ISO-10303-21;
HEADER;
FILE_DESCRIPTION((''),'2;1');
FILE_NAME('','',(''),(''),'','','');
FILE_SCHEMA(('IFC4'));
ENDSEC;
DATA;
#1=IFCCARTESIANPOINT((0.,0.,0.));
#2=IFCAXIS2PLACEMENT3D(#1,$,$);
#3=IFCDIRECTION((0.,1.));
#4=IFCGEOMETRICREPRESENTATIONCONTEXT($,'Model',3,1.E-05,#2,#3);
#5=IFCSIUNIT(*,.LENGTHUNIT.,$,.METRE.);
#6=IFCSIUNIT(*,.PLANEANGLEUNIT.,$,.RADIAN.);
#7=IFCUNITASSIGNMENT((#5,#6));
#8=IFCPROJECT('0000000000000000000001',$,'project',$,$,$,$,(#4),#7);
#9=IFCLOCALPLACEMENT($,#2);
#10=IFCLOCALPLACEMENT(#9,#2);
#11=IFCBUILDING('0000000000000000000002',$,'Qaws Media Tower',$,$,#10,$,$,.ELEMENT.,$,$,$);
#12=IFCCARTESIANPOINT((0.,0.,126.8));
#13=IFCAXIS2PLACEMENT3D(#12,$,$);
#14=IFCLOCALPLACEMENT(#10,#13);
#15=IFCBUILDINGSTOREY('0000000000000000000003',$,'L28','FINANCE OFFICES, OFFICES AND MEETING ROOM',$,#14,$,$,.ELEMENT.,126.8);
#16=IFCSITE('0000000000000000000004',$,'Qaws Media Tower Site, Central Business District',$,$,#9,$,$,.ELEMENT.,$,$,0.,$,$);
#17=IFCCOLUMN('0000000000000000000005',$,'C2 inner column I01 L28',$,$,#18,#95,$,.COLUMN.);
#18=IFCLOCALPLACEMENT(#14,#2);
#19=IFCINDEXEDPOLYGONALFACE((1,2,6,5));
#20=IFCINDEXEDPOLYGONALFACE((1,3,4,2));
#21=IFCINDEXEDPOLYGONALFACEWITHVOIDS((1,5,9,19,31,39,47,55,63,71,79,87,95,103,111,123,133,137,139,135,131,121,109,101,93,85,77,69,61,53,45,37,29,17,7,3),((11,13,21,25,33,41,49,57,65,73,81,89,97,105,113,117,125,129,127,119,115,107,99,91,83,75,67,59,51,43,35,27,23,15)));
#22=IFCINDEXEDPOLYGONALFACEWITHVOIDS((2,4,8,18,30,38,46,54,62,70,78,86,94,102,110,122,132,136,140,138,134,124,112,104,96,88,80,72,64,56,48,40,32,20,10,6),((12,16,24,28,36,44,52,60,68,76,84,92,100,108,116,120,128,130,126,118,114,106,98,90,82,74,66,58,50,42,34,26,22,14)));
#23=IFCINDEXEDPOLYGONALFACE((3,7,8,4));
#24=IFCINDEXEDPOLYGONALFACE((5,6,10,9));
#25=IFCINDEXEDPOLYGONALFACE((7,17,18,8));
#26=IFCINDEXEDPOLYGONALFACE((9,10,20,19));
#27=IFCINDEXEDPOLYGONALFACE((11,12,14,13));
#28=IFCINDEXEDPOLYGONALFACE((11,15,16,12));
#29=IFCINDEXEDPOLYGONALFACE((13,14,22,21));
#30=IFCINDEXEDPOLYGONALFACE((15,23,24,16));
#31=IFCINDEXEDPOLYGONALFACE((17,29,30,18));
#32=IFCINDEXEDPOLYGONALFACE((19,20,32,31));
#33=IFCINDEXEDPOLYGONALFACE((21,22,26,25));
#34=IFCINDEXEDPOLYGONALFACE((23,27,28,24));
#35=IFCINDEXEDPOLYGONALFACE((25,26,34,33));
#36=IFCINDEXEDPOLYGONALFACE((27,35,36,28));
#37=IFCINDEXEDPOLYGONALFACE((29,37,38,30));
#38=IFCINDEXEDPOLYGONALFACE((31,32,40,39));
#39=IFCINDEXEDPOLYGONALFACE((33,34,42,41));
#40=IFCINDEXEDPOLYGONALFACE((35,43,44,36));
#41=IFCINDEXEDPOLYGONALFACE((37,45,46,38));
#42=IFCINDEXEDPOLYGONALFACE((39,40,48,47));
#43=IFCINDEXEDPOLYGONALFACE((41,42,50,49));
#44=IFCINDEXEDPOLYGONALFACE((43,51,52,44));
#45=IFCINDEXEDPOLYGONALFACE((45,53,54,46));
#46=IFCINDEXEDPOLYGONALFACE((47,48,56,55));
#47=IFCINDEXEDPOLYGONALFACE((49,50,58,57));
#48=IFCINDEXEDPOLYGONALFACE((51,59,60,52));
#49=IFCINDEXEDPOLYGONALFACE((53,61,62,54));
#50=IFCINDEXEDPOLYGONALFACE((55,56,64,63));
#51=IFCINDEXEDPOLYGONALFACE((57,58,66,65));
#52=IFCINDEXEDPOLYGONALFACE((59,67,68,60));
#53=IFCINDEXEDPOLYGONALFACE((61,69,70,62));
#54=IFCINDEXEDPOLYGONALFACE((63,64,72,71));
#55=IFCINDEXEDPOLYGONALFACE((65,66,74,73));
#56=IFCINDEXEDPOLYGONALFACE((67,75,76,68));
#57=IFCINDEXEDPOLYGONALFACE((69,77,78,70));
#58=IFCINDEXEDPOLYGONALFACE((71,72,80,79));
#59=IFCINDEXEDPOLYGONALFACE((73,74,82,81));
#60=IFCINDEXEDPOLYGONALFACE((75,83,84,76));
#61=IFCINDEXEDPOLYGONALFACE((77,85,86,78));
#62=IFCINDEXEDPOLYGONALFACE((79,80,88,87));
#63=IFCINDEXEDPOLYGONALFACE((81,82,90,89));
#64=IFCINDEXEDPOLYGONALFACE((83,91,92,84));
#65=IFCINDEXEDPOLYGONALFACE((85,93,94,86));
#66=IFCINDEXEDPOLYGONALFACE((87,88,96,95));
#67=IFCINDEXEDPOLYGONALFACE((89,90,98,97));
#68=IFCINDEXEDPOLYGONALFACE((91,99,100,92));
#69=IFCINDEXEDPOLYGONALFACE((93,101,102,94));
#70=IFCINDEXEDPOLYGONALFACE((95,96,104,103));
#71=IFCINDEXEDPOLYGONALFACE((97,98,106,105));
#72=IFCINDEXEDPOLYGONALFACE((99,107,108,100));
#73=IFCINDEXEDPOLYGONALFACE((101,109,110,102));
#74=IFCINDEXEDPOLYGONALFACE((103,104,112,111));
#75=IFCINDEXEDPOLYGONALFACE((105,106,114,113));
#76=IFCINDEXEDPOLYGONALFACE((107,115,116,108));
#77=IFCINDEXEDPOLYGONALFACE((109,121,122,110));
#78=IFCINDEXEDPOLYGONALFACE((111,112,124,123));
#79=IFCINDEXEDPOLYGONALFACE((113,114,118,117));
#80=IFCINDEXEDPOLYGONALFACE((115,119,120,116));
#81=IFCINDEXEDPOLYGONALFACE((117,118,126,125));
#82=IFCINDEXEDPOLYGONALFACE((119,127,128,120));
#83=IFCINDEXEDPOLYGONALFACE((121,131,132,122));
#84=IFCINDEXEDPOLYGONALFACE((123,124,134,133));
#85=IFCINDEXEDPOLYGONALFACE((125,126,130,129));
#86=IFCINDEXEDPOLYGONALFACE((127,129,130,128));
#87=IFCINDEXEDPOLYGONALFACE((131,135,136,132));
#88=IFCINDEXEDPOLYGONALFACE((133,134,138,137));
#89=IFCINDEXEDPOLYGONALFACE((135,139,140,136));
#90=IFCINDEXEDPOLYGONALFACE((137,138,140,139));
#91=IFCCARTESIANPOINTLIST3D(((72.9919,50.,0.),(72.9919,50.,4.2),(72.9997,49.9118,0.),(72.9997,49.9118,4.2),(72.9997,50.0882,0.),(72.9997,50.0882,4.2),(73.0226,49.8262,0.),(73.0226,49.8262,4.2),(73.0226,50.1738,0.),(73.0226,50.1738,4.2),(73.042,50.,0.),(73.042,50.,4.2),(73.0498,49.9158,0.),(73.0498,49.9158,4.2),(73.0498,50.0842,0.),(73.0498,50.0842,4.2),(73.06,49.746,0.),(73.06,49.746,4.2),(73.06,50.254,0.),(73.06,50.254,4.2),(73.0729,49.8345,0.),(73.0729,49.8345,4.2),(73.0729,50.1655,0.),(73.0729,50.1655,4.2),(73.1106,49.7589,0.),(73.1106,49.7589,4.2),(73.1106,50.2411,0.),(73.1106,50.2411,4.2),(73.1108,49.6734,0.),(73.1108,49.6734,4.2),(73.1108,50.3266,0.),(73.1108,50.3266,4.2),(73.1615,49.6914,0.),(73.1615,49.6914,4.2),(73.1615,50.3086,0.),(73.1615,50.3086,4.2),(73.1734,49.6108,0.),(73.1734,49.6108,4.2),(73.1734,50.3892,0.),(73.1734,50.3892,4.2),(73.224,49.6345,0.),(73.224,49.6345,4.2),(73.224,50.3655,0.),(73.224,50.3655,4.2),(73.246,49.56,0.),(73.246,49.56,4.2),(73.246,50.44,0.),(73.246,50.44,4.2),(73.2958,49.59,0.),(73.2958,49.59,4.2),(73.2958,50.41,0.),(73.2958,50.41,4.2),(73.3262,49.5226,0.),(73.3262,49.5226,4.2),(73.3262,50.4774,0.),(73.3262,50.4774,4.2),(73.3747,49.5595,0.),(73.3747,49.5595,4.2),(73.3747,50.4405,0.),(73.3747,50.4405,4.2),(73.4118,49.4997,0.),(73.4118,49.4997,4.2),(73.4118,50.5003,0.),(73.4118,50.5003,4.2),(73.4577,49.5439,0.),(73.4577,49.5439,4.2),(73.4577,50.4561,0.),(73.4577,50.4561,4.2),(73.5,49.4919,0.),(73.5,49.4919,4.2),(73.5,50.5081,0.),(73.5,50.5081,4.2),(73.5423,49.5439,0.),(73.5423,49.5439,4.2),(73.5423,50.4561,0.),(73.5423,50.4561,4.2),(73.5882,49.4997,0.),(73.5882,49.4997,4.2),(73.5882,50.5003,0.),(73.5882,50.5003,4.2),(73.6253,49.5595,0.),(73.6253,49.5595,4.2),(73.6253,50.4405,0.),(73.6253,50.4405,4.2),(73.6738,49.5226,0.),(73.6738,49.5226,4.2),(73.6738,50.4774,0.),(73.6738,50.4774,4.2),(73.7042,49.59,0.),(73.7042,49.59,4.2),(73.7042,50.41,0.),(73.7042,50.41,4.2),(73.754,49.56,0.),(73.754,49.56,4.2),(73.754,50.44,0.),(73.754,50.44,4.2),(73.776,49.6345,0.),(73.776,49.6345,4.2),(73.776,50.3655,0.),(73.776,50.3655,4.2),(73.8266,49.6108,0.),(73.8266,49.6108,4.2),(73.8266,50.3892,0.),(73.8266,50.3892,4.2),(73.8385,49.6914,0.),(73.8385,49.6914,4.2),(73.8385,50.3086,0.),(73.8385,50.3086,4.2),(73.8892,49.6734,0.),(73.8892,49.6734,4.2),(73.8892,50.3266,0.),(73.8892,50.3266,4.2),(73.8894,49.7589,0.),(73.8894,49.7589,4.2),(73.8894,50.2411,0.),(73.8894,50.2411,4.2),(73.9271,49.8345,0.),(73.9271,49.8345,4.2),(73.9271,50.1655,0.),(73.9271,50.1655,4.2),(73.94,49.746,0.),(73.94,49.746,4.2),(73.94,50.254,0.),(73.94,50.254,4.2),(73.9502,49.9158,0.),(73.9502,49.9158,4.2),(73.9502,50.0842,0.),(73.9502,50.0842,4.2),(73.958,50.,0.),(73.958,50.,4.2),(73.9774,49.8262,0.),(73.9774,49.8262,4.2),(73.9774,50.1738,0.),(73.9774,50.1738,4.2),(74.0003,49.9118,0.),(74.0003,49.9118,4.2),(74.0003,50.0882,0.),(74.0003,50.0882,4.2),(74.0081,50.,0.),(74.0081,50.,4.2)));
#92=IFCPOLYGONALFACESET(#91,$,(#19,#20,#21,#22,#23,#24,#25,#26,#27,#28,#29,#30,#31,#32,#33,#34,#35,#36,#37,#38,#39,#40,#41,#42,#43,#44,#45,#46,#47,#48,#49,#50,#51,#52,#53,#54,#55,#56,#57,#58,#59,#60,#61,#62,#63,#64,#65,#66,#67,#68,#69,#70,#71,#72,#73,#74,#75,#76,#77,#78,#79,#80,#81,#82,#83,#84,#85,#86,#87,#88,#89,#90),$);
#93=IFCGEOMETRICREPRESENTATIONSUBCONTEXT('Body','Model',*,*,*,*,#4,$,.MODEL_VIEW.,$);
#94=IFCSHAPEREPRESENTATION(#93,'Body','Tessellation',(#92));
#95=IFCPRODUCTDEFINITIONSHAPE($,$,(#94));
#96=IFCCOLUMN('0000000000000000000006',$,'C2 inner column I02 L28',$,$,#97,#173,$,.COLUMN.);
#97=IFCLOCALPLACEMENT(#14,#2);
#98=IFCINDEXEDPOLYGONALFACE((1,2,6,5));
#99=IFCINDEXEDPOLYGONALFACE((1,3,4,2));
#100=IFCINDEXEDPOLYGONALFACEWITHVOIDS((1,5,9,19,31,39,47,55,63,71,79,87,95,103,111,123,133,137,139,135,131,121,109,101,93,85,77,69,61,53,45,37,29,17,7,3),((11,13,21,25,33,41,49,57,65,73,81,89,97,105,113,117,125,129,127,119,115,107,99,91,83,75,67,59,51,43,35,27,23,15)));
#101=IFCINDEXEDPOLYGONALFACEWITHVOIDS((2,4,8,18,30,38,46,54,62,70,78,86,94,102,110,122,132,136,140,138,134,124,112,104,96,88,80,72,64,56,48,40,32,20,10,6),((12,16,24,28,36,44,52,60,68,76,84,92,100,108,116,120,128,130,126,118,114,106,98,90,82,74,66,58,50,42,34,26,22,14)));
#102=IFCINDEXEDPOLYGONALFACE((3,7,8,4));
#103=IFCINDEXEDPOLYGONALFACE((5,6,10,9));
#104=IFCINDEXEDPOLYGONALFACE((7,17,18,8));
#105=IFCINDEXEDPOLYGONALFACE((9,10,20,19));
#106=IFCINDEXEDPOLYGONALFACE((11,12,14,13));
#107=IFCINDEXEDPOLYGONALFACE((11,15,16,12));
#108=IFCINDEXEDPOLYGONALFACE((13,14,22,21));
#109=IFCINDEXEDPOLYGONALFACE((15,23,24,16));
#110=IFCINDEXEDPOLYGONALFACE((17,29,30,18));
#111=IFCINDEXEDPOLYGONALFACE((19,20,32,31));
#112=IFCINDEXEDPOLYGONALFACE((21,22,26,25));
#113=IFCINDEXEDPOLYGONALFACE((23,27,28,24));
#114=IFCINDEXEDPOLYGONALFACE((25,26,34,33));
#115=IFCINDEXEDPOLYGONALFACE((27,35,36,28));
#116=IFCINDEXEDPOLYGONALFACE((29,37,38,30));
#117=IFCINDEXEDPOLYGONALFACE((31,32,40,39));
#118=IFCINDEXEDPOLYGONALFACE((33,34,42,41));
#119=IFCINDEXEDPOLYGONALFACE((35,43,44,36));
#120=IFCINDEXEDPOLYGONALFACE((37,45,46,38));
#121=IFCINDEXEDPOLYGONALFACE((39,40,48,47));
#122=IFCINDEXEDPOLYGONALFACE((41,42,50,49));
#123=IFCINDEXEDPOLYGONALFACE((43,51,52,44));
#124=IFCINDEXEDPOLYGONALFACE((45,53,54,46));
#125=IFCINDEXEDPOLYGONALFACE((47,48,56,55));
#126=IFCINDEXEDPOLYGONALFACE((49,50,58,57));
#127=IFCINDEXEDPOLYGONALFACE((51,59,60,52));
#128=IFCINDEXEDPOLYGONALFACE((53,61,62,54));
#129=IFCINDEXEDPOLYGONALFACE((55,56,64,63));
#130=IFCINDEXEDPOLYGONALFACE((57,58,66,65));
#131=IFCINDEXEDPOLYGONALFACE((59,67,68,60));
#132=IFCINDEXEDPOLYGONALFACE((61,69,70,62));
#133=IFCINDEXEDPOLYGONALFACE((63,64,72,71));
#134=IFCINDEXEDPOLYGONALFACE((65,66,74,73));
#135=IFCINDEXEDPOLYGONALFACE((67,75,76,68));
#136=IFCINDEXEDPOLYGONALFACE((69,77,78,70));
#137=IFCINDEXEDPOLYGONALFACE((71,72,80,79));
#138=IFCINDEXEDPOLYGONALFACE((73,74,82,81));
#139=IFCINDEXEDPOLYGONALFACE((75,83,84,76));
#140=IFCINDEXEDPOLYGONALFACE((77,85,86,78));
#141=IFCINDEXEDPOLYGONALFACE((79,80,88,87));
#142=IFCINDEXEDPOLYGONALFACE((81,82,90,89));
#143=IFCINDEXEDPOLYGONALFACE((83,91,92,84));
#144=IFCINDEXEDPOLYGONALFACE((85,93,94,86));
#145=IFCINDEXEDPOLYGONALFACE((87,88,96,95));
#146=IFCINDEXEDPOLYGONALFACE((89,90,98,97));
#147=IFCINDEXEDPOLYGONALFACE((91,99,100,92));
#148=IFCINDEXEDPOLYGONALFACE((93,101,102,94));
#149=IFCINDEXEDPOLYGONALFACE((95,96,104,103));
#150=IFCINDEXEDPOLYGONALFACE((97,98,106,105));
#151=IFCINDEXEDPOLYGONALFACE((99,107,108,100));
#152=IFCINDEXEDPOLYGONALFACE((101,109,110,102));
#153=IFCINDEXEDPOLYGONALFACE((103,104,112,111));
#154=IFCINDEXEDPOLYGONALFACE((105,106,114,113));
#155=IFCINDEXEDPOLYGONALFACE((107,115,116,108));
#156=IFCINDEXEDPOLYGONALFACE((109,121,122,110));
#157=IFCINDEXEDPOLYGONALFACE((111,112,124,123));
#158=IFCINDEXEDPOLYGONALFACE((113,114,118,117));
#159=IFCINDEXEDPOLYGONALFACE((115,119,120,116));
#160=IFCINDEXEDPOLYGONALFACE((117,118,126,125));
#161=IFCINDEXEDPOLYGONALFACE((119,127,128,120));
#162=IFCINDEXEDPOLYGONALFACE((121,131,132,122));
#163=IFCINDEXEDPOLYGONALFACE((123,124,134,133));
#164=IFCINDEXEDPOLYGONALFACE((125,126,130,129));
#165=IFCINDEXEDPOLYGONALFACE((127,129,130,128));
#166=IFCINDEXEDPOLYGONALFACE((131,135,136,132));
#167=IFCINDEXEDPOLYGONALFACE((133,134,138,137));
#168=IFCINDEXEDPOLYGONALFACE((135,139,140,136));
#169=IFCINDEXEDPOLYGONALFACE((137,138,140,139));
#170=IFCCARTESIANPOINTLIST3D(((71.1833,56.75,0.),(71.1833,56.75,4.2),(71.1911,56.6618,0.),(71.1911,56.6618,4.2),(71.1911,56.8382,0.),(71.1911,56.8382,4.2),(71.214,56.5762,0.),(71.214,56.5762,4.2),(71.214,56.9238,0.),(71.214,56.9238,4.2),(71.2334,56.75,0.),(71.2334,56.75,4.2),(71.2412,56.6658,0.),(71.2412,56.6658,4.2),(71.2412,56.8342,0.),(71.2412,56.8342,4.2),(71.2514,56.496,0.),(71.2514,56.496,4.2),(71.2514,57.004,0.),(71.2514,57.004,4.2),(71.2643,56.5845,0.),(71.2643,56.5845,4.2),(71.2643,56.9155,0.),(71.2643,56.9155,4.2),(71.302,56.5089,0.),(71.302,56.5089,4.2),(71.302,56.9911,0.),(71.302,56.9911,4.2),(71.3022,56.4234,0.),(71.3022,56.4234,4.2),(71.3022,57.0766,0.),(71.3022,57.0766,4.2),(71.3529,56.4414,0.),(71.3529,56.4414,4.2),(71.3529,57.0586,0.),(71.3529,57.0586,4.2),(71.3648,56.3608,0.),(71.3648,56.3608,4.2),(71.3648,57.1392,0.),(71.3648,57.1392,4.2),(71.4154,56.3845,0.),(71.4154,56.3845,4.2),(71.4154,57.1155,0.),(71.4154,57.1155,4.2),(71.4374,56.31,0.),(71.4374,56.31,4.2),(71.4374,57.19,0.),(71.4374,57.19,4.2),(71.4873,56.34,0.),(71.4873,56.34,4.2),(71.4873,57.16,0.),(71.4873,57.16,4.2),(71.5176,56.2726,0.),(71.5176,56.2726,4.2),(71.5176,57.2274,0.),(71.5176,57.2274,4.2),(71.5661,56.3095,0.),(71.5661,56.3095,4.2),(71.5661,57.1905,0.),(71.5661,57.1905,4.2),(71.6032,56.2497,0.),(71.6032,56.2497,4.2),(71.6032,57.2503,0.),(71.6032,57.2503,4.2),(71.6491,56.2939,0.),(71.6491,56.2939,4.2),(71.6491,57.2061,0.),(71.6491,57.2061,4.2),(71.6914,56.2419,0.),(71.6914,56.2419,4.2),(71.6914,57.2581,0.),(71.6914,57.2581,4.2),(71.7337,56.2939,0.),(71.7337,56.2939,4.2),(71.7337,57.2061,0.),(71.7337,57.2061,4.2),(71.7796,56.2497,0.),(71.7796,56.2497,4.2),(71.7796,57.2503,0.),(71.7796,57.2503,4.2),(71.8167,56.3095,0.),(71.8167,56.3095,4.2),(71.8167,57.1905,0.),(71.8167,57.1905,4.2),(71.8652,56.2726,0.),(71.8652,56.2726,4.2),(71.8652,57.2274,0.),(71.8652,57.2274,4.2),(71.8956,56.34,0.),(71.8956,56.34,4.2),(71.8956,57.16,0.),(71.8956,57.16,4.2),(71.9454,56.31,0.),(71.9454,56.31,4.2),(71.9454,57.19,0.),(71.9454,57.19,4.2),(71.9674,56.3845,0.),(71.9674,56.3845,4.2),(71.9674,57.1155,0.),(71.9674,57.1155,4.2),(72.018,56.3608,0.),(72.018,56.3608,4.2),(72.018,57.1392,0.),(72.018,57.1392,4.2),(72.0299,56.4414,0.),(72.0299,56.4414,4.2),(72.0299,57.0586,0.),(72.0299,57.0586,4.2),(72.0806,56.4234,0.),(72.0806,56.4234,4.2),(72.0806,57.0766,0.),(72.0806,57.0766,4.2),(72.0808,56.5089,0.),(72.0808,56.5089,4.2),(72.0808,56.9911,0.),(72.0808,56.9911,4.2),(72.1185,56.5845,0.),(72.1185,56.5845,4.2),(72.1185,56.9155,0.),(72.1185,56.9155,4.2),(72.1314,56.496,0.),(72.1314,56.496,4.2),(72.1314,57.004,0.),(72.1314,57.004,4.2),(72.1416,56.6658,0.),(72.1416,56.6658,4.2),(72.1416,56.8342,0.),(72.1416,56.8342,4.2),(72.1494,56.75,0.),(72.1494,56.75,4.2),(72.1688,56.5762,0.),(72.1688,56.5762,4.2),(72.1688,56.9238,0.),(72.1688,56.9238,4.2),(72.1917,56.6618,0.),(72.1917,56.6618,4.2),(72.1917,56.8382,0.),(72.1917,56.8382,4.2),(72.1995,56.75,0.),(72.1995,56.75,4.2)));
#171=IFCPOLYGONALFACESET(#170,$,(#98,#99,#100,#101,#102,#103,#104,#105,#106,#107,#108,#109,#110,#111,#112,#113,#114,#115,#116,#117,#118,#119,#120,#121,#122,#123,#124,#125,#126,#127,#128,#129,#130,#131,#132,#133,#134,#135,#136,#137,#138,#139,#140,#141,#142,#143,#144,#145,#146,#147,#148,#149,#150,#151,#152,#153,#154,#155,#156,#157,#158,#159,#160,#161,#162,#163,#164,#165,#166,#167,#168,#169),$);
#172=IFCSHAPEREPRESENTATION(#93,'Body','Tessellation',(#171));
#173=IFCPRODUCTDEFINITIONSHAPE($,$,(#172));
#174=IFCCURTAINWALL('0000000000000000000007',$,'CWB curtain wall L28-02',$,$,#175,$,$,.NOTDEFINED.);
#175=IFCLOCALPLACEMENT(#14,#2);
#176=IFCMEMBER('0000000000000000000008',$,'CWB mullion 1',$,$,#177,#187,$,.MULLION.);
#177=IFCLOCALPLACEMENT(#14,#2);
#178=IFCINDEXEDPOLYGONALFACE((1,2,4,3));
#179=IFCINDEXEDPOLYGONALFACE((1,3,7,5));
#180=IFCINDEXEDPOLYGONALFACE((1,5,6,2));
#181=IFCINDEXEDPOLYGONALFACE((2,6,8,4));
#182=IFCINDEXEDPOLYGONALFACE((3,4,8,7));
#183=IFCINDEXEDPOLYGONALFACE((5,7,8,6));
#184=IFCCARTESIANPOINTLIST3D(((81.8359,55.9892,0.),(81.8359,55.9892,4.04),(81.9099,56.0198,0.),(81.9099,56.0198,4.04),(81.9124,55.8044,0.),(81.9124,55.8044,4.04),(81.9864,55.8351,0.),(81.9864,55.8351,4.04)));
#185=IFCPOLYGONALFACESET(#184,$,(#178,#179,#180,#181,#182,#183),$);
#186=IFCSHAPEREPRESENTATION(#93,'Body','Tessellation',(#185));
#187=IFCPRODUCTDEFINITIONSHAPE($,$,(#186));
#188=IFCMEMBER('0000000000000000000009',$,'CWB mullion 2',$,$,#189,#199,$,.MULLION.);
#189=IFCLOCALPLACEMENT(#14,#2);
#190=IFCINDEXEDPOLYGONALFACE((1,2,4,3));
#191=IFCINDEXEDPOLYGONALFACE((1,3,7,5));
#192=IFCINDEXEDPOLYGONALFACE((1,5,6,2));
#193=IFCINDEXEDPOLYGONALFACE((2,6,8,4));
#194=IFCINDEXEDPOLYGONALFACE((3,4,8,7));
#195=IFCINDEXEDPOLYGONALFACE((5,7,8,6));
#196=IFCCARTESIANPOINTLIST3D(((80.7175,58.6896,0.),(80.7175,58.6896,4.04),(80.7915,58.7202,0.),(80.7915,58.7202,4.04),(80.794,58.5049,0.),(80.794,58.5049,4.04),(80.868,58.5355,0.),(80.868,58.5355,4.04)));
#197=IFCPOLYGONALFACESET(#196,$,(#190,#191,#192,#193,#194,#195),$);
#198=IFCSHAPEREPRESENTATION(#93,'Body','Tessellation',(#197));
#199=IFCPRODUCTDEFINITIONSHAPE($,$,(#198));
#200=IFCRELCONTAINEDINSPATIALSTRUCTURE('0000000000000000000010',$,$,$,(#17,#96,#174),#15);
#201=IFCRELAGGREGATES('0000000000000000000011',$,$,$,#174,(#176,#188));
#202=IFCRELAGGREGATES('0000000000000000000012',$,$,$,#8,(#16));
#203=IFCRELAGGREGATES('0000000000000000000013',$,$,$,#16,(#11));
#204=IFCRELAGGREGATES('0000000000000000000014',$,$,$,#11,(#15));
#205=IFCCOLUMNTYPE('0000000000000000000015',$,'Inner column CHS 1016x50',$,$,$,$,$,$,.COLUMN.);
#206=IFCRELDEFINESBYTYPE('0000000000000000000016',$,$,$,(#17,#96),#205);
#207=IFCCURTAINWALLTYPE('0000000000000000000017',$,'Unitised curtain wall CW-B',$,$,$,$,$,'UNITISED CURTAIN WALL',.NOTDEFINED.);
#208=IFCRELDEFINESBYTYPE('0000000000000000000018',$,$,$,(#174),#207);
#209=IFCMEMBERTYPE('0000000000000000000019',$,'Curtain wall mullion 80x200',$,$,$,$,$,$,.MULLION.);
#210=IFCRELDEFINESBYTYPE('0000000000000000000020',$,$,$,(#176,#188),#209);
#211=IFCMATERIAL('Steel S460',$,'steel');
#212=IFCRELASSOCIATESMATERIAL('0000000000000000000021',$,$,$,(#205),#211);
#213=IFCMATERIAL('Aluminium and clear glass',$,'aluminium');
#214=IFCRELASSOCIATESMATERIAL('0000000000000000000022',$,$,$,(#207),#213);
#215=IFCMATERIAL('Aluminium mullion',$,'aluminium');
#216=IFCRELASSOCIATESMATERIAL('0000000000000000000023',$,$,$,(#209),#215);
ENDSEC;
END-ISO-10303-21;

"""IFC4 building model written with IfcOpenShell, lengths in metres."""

from ifc_helpers import new_model, si_unit, direction, frame, origin, origin_2d, place, context, subcontext, project, spatial, rectangle, hollow_circle, extrude, material, material_profile, profile_set, type_object, element, aggregate, save


model = new_model("IFC4")

# Units and contexts
model_context = context("Model", 3, precision=1e-05, world=origin(), true_north=direction((0.0, 1.0)))
body_context = subcontext(model_context, "Body", "Model", "MODEL_VIEW")
ifc_project = project(units=[si_unit("LENGTHUNIT", "METRE"), si_unit("PLANEANGLEUNIT", "RADIAN")], contexts=[model_context])

# Site, building, storey
site_placement = place(None, origin())
site = spatial("IfcSite", under=ifc_project, at=site_placement, Name="Qaws Media Tower Site, Central Business District", CompositionType="ELEMENT", RefElevation=0.0)
building_placement = place(site_placement, origin())
building = spatial("IfcBuilding", under=site, at=building_placement, Name="Qaws Media Tower", CompositionType="ELEMENT")
storey_placement = place(building_placement, frame((0.0, 0.0, 126.8)))
storey = spatial("IfcBuildingStorey", under=building, at=storey_placement, Name="L28", Description="FINANCE OFFICES, OFFICES AND MEETING ROOM", CompositionType="ELEMENT", Elevation=126.8)

# Columns
ifc_material_1 = material(Name="Steel S460", Category="steel")
ifc_material_profile_1 = material_profile(ifc_material_1, hollow_circle(Radius=0.5081, WallThickness=0.05, at=origin_2d()), Name="CHS 1016x50")
ifc_profile_set_1 = profile_set([ifc_material_profile_1], Name="Steel S460")
column_type = type_object("IfcColumnType", Name="Inner column CHS 1016x50", PredefinedType="COLUMN", material=ifc_profile_set_1)
for number, where, z_axis, x_axis, name in (
    (1, (73.5, 50.0, 0.0), (0.0, 0.0, 1.0), (1.0, 0.0, 0.0), "C2 inner column I01 L28"),
    (2, (71.6914, 56.75, 0.0), (0.0, 0.0, 1.0), (1.0, 0.0, 0.0), "C2 inner column I02 L28"),
):
    element("IfcColumn", number, at=place(storey_placement, frame(where, z_axis=z_axis, x_axis=x_axis)), inside=storey, type_object=column_type, Name=name, PredefinedType="COLUMN", context=body_context, shape_type="SweptSolid", body=[
        extrude(hollow_circle(Radius=0.5081, WallThickness=0.05, at=origin_2d()), origin(), (0.0, 0.0, 1.0), 4.2),
    ])

# Curtain wall, members
ifc_material_2 = material(Name="Aluminium and clear glass", Category="aluminium")
curtain_wall_type = type_object("IfcCurtainWallType", Name="Unitised curtain wall CW-B", ElementType="UNITISED CURTAIN WALL", PredefinedType="NOTDEFINED", material=ifc_material_2)
curtain_wall_1_placement = place(storey_placement, origin())
curtain_wall_1 = element("IfcCurtainWall", 3, at=curtain_wall_1_placement, inside=storey, type_object=curtain_wall_type, Name="CWB curtain wall L28-02", PredefinedType="NOTDEFINED")
ifc_material_3 = material(Name="Aluminium mullion", Category="aluminium")
ifc_material_profile_2 = material_profile(ifc_material_3, rectangle(XDim=0.0801, YDim=0.2, at=origin_2d()), Name="80x200")
ifc_profile_set_2 = profile_set([ifc_material_profile_2], Name="Aluminium mullion")
member_type_1 = type_object("IfcMemberType", Name="Curtain wall mullion 80x200", PredefinedType="MULLION", material=ifc_profile_set_2)
member_1_placement = place(storey_placement, frame((81.9111, 55.9121, 0.0), z_axis=(0.0, 0.0, 1.0), x_axis=(-0.92388, -0.382683, 0.0)))
member_1 = element("IfcMember", 4, at=member_1_placement, type_object=member_type_1, Name="CWB mullion 1", PredefinedType="MULLION", context=body_context, shape_type="SweptSolid", body=[
    extrude(rectangle(XDim=0.0801, YDim=0.2, at=origin_2d()), origin(), (0.0, 0.0, 1.0), 4.04),
])
member_2_placement = place(storey_placement, frame((80.7927, 58.6125, 0.0), z_axis=(0.0, 0.0, 1.0), x_axis=(-0.92388, -0.382683, 0.0)))
member_2 = element("IfcMember", 5, at=member_2_placement, type_object=member_type_1, Name="CWB mullion 2", PredefinedType="MULLION", context=body_context, shape_type="SweptSolid", body=[
    extrude(rectangle(XDim=0.0801, YDim=0.2, at=origin_2d()), origin(), (0.0, 0.0, 1.0), 4.04),
])

aggregate(curtain_wall_1, [member_1, member_2])

save(model, "model.ifc")
